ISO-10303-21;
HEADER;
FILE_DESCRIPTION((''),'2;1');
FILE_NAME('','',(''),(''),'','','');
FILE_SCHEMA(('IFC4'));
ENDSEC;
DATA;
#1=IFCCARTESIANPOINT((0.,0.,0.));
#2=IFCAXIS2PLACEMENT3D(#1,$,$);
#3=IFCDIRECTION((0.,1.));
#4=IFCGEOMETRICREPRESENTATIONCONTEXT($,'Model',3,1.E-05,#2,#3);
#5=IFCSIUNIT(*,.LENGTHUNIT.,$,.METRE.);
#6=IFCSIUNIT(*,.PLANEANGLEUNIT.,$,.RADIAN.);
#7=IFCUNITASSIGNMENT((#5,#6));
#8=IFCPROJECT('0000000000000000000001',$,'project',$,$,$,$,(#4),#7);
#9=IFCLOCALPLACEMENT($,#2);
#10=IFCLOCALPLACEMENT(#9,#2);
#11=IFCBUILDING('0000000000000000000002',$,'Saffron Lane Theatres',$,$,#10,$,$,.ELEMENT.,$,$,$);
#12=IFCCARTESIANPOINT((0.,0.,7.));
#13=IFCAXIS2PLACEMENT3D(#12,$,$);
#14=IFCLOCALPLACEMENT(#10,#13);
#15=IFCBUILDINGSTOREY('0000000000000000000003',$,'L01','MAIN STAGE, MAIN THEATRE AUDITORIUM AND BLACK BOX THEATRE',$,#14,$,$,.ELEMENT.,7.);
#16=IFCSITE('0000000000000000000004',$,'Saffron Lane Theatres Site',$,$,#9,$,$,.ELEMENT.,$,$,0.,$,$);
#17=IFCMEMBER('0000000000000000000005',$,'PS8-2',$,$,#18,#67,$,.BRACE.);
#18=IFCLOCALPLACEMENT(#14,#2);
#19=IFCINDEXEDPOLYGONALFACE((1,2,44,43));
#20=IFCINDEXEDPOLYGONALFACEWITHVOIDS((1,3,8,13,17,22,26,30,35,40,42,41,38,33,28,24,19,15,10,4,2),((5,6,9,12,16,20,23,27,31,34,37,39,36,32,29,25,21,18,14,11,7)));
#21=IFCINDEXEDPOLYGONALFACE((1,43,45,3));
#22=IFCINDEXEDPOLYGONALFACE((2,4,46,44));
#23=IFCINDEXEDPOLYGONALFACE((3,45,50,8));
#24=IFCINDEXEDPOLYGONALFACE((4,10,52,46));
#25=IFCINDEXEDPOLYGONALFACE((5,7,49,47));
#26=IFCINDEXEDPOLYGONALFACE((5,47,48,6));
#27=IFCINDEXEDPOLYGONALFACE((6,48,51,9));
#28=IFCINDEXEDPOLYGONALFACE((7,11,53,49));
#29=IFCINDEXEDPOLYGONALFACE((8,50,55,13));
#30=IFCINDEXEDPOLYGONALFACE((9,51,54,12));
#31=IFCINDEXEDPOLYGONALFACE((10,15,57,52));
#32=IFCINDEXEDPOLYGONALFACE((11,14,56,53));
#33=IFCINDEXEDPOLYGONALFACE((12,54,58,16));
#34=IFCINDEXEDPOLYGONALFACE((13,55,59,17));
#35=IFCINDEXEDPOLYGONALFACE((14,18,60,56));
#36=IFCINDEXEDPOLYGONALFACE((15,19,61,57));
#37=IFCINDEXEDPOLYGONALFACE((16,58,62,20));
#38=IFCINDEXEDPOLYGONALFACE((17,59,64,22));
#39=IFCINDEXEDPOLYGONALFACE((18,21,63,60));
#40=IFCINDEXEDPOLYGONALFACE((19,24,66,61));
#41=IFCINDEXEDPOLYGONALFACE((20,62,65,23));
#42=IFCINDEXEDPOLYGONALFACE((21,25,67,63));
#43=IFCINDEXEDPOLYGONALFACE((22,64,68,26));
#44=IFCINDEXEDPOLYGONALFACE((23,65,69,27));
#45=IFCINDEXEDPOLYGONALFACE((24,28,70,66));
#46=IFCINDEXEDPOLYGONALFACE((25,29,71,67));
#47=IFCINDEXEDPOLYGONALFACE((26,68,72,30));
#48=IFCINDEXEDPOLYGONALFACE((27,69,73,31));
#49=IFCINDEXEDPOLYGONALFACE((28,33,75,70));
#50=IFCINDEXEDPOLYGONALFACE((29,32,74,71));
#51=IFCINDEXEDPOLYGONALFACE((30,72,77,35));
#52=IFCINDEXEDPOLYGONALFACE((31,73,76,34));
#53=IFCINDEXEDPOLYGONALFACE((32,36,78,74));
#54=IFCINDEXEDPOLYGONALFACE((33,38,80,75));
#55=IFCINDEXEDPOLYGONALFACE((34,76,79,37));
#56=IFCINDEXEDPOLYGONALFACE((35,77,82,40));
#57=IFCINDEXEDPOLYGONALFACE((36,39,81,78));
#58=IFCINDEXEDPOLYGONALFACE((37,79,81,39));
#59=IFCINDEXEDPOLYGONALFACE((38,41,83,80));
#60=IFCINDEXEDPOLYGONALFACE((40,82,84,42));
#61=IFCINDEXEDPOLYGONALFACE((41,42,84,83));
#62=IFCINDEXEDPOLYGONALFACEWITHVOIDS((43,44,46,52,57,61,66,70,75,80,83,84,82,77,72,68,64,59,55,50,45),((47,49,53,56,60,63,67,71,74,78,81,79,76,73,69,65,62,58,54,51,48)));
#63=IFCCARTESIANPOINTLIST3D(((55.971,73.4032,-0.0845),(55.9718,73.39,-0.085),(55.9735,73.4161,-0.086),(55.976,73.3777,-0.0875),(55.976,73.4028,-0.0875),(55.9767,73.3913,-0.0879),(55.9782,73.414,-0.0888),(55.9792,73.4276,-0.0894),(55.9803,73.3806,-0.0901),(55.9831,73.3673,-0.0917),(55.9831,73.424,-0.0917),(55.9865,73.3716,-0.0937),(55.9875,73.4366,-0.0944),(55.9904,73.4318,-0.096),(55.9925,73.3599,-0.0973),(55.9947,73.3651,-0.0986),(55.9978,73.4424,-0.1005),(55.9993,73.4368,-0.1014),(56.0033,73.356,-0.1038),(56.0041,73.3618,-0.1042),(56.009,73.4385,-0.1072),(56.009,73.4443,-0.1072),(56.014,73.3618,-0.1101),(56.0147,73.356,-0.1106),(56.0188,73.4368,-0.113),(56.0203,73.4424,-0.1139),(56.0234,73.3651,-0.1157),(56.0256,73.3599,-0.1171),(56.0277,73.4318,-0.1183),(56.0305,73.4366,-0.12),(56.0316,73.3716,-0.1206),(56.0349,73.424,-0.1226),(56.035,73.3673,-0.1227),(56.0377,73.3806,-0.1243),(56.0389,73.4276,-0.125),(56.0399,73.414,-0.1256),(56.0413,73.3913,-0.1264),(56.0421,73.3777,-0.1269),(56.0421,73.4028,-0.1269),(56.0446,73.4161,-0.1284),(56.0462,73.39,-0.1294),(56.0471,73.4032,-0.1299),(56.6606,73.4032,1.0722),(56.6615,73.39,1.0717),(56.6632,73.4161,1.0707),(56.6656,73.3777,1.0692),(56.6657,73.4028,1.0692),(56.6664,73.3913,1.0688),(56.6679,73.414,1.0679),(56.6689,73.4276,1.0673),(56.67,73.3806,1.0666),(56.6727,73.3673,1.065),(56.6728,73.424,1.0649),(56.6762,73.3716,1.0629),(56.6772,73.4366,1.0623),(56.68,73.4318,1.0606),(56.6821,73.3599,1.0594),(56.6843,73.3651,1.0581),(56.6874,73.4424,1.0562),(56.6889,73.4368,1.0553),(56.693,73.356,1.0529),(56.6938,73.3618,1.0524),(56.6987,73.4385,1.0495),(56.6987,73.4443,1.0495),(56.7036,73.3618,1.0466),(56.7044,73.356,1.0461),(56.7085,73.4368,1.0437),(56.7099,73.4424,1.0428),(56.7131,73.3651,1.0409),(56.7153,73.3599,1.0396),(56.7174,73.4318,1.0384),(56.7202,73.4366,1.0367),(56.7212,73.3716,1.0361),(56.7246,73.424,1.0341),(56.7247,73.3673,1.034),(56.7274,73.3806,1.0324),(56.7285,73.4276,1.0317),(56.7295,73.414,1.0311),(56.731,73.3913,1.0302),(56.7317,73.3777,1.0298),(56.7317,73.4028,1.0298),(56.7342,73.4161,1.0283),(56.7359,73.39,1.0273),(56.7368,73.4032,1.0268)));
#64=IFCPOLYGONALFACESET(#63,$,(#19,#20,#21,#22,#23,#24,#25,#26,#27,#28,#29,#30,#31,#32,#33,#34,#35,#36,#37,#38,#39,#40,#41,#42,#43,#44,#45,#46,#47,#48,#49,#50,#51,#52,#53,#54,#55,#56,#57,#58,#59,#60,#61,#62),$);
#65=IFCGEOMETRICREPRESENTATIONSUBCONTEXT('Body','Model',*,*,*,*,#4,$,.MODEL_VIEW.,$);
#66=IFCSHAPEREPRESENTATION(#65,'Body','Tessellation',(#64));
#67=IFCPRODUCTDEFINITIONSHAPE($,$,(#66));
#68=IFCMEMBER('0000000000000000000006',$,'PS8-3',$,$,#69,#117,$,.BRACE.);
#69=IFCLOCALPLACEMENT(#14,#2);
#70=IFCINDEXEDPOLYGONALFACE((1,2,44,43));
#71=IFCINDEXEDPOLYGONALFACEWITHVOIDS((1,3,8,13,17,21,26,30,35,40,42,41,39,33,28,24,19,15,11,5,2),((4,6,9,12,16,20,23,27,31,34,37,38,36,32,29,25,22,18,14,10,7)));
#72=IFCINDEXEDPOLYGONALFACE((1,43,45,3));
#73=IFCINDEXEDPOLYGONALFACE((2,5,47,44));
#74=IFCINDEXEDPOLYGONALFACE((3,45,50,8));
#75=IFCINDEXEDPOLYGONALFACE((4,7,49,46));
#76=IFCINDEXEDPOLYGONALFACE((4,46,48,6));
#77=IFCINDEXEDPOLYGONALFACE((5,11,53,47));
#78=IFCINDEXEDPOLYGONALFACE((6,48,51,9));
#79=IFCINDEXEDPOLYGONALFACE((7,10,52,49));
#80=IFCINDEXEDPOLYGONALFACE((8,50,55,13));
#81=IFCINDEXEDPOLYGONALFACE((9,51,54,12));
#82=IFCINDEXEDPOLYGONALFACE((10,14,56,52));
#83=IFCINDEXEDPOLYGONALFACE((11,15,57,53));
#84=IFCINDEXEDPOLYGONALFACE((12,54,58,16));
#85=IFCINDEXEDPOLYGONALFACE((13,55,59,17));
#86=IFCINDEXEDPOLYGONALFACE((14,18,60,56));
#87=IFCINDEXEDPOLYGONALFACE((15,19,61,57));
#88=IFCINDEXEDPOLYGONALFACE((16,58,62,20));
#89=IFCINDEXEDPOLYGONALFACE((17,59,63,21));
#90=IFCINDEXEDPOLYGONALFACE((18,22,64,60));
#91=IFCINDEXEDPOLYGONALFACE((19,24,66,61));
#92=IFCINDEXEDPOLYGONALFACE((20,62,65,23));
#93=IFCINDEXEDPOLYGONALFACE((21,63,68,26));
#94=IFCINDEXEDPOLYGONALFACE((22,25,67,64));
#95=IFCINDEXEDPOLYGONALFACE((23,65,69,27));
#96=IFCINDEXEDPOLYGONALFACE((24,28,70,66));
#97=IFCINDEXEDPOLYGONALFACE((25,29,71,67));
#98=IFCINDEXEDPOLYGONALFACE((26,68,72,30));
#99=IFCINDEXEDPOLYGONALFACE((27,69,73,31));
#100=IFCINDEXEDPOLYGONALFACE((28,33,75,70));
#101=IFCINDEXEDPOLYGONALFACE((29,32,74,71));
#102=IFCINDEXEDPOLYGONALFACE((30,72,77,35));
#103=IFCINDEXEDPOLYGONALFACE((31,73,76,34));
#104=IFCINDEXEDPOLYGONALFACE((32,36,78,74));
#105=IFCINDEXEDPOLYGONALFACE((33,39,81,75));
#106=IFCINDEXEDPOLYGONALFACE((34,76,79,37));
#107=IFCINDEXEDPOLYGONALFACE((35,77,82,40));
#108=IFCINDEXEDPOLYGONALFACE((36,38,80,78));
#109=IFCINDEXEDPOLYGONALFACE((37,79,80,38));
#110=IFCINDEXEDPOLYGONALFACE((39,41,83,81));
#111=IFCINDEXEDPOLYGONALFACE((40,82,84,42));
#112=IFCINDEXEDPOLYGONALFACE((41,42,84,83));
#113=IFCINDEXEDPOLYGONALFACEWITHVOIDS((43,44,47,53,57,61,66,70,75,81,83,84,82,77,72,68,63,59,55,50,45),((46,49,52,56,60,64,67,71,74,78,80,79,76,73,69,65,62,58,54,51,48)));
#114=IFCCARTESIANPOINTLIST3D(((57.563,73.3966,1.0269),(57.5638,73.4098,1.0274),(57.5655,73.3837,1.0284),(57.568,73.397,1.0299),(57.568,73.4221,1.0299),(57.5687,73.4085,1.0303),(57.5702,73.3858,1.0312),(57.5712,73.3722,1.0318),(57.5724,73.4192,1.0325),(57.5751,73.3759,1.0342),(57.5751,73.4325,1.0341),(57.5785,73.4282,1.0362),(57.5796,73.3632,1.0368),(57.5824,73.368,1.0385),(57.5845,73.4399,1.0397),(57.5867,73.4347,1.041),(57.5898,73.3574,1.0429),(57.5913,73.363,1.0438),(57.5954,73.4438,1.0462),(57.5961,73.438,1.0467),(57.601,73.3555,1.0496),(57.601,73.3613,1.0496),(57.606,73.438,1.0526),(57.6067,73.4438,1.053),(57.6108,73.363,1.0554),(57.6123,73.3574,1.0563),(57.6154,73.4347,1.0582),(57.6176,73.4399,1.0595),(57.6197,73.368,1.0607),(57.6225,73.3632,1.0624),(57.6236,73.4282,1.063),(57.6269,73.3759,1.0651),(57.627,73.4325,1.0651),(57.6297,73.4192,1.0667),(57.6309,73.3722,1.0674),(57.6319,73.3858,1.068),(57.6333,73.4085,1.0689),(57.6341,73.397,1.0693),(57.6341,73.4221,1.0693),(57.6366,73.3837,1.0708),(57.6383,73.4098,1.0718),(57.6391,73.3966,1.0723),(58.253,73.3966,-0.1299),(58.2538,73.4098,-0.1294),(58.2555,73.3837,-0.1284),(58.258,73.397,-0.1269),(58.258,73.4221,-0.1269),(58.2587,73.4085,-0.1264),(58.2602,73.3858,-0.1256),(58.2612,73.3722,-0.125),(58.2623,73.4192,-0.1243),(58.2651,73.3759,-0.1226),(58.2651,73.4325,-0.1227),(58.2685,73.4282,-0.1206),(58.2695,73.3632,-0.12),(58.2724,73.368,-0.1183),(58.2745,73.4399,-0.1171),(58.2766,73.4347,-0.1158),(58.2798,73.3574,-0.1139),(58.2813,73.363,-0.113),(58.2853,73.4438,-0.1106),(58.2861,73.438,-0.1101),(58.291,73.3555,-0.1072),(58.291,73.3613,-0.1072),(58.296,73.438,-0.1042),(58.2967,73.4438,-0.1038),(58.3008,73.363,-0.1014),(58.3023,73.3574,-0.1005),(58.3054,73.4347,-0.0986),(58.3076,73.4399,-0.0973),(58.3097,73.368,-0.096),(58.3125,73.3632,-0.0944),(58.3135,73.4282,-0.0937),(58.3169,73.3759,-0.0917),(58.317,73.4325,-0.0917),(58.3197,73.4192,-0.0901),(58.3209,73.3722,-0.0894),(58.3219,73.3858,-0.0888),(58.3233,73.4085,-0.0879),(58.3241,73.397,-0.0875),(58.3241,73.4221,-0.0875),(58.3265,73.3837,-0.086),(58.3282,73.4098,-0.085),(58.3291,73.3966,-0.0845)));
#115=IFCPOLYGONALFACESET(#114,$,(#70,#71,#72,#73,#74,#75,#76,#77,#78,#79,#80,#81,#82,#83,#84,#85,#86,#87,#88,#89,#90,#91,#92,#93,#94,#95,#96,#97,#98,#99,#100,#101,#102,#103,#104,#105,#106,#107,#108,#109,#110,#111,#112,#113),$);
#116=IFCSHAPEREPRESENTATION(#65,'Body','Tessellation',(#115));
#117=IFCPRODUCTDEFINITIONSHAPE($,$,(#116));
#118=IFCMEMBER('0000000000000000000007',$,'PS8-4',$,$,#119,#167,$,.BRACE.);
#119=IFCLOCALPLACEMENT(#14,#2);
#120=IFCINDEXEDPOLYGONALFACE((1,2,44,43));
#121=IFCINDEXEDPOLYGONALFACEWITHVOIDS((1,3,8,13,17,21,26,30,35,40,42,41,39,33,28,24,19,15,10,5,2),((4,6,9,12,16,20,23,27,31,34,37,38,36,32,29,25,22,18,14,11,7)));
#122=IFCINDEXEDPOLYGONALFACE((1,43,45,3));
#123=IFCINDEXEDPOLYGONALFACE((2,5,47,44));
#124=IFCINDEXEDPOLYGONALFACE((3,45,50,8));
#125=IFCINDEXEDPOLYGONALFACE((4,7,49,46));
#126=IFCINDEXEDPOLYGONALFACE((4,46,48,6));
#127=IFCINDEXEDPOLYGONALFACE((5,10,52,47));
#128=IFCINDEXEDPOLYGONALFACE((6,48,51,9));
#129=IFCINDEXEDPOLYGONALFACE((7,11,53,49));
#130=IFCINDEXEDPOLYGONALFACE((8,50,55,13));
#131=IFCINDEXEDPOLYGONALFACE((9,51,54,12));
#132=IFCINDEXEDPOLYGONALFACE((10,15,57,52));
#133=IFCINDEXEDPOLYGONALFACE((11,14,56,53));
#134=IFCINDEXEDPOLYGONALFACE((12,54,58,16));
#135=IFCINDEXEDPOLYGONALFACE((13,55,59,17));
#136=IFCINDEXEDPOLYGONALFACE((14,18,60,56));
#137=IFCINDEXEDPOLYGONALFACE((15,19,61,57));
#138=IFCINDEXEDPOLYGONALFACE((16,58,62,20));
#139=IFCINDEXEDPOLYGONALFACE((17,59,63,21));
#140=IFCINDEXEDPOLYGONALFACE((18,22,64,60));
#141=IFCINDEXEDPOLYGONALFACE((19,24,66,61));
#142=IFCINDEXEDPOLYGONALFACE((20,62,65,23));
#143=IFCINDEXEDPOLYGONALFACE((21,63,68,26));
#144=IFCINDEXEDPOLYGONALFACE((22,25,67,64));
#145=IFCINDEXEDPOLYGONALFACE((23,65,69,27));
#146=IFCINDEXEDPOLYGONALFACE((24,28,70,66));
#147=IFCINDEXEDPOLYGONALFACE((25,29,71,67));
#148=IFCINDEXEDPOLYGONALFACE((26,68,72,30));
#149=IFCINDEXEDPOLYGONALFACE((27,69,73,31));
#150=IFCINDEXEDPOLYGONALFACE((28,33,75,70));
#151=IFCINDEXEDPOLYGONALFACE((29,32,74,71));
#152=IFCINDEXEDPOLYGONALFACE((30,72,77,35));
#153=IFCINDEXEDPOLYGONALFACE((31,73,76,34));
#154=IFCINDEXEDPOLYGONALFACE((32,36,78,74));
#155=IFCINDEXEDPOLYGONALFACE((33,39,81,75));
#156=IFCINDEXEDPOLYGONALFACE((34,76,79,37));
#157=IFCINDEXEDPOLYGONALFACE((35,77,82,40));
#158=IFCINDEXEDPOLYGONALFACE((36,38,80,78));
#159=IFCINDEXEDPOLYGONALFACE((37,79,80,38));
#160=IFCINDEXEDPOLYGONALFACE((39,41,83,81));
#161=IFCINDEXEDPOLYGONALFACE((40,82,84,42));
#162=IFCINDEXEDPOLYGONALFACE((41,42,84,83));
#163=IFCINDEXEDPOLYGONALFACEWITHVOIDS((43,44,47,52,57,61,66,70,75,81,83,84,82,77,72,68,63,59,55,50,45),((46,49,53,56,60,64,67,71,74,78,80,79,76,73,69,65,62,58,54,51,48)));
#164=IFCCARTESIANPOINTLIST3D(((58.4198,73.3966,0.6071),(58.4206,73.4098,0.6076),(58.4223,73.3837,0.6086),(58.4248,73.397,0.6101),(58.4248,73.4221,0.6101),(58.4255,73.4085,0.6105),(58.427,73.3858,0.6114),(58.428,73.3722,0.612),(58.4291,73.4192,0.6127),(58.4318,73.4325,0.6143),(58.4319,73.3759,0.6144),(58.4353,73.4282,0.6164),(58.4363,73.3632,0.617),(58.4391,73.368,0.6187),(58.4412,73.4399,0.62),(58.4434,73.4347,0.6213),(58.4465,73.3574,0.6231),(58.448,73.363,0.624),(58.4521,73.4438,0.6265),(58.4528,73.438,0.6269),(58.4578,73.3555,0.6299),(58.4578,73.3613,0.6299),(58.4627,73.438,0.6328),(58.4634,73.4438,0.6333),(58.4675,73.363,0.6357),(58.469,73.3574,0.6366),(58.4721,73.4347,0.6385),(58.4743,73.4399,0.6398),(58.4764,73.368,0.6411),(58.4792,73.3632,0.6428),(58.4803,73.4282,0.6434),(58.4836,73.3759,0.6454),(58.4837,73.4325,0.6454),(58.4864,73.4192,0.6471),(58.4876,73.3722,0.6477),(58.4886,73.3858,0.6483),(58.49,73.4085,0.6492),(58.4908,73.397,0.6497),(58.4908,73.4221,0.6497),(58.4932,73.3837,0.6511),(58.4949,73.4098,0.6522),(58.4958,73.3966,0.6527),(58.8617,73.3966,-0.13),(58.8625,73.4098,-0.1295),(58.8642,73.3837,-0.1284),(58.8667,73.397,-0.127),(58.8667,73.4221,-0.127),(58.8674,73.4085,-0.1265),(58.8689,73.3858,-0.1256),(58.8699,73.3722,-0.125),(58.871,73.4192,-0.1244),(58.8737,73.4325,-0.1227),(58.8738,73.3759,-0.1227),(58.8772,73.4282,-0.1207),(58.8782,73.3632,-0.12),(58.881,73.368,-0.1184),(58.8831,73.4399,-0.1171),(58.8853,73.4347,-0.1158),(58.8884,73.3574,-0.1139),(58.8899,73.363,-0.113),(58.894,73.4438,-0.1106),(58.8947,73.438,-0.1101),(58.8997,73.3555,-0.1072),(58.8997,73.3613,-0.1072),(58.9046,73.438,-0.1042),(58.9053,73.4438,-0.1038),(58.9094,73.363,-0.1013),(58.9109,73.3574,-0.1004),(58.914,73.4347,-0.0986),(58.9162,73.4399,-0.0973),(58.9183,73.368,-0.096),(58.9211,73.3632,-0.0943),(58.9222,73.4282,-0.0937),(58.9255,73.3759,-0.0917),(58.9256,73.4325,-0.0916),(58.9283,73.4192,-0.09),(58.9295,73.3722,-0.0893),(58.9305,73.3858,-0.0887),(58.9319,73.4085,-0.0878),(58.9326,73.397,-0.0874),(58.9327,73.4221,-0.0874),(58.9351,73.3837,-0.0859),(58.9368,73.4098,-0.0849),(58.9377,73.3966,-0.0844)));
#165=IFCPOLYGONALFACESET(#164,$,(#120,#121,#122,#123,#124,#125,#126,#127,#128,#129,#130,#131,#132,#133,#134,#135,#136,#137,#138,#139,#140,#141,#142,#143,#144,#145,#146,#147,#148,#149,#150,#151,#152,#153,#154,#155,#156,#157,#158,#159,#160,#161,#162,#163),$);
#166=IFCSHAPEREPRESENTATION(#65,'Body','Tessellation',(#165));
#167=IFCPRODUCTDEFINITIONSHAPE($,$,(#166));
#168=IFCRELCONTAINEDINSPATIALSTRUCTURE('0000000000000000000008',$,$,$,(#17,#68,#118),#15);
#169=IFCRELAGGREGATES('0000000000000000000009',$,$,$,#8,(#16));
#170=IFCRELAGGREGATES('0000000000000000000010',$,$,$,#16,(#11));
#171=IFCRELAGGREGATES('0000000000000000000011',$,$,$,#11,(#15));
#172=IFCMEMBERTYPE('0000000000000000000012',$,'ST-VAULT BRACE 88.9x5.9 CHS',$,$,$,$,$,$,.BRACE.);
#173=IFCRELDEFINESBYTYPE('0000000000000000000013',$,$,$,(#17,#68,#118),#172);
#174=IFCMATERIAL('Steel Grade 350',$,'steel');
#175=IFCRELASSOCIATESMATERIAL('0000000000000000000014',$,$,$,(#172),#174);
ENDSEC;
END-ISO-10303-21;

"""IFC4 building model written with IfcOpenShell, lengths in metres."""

from ifc_helpers import new_model, si_unit, direction, frame, origin, origin_2d, place, context, subcontext, project, spatial, hollow_circle, extrude, material, material_profile, profile_set, type_object, element, save


model = new_model("IFC4")

# Units and contexts
model_context = context("Model", 3, precision=1e-05, world=origin(), true_north=direction((0.0, 1.0)))
body_context = subcontext(model_context, "Body", "Model", "MODEL_VIEW")
ifc_project = project(units=[si_unit("LENGTHUNIT", "METRE"), si_unit("PLANEANGLEUNIT", "RADIAN")], contexts=[model_context])

# Site, building, storey
site_placement = place(None, origin())
site = spatial("IfcSite", under=ifc_project, at=site_placement, Name="Saffron Lane Theatres Site", CompositionType="ELEMENT", RefElevation=0.0)
building_placement = place(site_placement, origin())
building = spatial("IfcBuilding", under=site, at=building_placement, Name="Saffron Lane Theatres", CompositionType="ELEMENT")
storey_placement = place(building_placement, frame((0.0, 0.0, 7.0)))
storey = spatial("IfcBuildingStorey", under=building, at=storey_placement, Name="L01", Description="MAIN STAGE, MAIN THEATRE AUDITORIUM AND BLACK BOX THEATRE", CompositionType="ELEMENT", Elevation=7.0)

# Members
ifc_material_1 = material(Name="Steel Grade 350", Category="steel")
ifc_material_profile_1 = material_profile(ifc_material_1, hollow_circle(Radius=0.0444, WallThickness=0.0059, at=origin_2d()))
ifc_profile_set_1 = profile_set([ifc_material_profile_1], Name="Steel Grade 350")
member_type_1 = type_object("IfcMemberType", Name="ST-VAULT BRACE 88.9x5.9 CHS", PredefinedType="BRACE", material=ifc_profile_set_1)
member_1_placement = place(storey_placement, frame((56.009, 73.3999, -0.1072), z_axis=(0.512121, 0.0, 0.858913), x_axis=(0.0, 1.0, 0.0)))
element("IfcMember", 1, at=member_1_placement, inside=storey, type_object=member_type_1, Name="PS8-2", PredefinedType="BRACE", context=body_context, shape_type="SweptSolid", body=[
    extrude(hollow_circle(Radius=0.0444, WallThickness=0.0059, at=origin_2d()), origin(), (0.0, 0.0, 1.0), 1.3467),
])
member_2_placement = place(storey_placement, frame((58.291, 73.3999, -0.1072), z_axis=(-0.512255, 0.0, 0.858833), x_axis=(0.0, -1.0, 0.0)))
element("IfcMember", 2, at=member_2_placement, inside=storey, type_object=member_type_1, Name="PS8-3", PredefinedType="BRACE", context=body_context, shape_type="SweptSolid", body=[
    extrude(hollow_circle(Radius=0.0444, WallThickness=0.0059, at=origin_2d()), origin(), (0.0, 0.0, 1.0), 1.3469),
])
member_3_placement = place(storey_placement, frame((58.8997, 73.3999, -0.1072), z_axis=(-0.514203, 0.0, 0.857668), x_axis=(0.0, -1.0, 0.0)))
element("IfcMember", 3, at=member_3_placement, inside=storey, type_object=member_type_1, Name="PS8-4", PredefinedType="BRACE", context=body_context, shape_type="SweptSolid", body=[
    extrude(hollow_circle(Radius=0.0444, WallThickness=0.0059, at=origin_2d()), origin(), (0.0, 0.0, 1.0), 0.8594),
])

save(model, "model.ifc")
